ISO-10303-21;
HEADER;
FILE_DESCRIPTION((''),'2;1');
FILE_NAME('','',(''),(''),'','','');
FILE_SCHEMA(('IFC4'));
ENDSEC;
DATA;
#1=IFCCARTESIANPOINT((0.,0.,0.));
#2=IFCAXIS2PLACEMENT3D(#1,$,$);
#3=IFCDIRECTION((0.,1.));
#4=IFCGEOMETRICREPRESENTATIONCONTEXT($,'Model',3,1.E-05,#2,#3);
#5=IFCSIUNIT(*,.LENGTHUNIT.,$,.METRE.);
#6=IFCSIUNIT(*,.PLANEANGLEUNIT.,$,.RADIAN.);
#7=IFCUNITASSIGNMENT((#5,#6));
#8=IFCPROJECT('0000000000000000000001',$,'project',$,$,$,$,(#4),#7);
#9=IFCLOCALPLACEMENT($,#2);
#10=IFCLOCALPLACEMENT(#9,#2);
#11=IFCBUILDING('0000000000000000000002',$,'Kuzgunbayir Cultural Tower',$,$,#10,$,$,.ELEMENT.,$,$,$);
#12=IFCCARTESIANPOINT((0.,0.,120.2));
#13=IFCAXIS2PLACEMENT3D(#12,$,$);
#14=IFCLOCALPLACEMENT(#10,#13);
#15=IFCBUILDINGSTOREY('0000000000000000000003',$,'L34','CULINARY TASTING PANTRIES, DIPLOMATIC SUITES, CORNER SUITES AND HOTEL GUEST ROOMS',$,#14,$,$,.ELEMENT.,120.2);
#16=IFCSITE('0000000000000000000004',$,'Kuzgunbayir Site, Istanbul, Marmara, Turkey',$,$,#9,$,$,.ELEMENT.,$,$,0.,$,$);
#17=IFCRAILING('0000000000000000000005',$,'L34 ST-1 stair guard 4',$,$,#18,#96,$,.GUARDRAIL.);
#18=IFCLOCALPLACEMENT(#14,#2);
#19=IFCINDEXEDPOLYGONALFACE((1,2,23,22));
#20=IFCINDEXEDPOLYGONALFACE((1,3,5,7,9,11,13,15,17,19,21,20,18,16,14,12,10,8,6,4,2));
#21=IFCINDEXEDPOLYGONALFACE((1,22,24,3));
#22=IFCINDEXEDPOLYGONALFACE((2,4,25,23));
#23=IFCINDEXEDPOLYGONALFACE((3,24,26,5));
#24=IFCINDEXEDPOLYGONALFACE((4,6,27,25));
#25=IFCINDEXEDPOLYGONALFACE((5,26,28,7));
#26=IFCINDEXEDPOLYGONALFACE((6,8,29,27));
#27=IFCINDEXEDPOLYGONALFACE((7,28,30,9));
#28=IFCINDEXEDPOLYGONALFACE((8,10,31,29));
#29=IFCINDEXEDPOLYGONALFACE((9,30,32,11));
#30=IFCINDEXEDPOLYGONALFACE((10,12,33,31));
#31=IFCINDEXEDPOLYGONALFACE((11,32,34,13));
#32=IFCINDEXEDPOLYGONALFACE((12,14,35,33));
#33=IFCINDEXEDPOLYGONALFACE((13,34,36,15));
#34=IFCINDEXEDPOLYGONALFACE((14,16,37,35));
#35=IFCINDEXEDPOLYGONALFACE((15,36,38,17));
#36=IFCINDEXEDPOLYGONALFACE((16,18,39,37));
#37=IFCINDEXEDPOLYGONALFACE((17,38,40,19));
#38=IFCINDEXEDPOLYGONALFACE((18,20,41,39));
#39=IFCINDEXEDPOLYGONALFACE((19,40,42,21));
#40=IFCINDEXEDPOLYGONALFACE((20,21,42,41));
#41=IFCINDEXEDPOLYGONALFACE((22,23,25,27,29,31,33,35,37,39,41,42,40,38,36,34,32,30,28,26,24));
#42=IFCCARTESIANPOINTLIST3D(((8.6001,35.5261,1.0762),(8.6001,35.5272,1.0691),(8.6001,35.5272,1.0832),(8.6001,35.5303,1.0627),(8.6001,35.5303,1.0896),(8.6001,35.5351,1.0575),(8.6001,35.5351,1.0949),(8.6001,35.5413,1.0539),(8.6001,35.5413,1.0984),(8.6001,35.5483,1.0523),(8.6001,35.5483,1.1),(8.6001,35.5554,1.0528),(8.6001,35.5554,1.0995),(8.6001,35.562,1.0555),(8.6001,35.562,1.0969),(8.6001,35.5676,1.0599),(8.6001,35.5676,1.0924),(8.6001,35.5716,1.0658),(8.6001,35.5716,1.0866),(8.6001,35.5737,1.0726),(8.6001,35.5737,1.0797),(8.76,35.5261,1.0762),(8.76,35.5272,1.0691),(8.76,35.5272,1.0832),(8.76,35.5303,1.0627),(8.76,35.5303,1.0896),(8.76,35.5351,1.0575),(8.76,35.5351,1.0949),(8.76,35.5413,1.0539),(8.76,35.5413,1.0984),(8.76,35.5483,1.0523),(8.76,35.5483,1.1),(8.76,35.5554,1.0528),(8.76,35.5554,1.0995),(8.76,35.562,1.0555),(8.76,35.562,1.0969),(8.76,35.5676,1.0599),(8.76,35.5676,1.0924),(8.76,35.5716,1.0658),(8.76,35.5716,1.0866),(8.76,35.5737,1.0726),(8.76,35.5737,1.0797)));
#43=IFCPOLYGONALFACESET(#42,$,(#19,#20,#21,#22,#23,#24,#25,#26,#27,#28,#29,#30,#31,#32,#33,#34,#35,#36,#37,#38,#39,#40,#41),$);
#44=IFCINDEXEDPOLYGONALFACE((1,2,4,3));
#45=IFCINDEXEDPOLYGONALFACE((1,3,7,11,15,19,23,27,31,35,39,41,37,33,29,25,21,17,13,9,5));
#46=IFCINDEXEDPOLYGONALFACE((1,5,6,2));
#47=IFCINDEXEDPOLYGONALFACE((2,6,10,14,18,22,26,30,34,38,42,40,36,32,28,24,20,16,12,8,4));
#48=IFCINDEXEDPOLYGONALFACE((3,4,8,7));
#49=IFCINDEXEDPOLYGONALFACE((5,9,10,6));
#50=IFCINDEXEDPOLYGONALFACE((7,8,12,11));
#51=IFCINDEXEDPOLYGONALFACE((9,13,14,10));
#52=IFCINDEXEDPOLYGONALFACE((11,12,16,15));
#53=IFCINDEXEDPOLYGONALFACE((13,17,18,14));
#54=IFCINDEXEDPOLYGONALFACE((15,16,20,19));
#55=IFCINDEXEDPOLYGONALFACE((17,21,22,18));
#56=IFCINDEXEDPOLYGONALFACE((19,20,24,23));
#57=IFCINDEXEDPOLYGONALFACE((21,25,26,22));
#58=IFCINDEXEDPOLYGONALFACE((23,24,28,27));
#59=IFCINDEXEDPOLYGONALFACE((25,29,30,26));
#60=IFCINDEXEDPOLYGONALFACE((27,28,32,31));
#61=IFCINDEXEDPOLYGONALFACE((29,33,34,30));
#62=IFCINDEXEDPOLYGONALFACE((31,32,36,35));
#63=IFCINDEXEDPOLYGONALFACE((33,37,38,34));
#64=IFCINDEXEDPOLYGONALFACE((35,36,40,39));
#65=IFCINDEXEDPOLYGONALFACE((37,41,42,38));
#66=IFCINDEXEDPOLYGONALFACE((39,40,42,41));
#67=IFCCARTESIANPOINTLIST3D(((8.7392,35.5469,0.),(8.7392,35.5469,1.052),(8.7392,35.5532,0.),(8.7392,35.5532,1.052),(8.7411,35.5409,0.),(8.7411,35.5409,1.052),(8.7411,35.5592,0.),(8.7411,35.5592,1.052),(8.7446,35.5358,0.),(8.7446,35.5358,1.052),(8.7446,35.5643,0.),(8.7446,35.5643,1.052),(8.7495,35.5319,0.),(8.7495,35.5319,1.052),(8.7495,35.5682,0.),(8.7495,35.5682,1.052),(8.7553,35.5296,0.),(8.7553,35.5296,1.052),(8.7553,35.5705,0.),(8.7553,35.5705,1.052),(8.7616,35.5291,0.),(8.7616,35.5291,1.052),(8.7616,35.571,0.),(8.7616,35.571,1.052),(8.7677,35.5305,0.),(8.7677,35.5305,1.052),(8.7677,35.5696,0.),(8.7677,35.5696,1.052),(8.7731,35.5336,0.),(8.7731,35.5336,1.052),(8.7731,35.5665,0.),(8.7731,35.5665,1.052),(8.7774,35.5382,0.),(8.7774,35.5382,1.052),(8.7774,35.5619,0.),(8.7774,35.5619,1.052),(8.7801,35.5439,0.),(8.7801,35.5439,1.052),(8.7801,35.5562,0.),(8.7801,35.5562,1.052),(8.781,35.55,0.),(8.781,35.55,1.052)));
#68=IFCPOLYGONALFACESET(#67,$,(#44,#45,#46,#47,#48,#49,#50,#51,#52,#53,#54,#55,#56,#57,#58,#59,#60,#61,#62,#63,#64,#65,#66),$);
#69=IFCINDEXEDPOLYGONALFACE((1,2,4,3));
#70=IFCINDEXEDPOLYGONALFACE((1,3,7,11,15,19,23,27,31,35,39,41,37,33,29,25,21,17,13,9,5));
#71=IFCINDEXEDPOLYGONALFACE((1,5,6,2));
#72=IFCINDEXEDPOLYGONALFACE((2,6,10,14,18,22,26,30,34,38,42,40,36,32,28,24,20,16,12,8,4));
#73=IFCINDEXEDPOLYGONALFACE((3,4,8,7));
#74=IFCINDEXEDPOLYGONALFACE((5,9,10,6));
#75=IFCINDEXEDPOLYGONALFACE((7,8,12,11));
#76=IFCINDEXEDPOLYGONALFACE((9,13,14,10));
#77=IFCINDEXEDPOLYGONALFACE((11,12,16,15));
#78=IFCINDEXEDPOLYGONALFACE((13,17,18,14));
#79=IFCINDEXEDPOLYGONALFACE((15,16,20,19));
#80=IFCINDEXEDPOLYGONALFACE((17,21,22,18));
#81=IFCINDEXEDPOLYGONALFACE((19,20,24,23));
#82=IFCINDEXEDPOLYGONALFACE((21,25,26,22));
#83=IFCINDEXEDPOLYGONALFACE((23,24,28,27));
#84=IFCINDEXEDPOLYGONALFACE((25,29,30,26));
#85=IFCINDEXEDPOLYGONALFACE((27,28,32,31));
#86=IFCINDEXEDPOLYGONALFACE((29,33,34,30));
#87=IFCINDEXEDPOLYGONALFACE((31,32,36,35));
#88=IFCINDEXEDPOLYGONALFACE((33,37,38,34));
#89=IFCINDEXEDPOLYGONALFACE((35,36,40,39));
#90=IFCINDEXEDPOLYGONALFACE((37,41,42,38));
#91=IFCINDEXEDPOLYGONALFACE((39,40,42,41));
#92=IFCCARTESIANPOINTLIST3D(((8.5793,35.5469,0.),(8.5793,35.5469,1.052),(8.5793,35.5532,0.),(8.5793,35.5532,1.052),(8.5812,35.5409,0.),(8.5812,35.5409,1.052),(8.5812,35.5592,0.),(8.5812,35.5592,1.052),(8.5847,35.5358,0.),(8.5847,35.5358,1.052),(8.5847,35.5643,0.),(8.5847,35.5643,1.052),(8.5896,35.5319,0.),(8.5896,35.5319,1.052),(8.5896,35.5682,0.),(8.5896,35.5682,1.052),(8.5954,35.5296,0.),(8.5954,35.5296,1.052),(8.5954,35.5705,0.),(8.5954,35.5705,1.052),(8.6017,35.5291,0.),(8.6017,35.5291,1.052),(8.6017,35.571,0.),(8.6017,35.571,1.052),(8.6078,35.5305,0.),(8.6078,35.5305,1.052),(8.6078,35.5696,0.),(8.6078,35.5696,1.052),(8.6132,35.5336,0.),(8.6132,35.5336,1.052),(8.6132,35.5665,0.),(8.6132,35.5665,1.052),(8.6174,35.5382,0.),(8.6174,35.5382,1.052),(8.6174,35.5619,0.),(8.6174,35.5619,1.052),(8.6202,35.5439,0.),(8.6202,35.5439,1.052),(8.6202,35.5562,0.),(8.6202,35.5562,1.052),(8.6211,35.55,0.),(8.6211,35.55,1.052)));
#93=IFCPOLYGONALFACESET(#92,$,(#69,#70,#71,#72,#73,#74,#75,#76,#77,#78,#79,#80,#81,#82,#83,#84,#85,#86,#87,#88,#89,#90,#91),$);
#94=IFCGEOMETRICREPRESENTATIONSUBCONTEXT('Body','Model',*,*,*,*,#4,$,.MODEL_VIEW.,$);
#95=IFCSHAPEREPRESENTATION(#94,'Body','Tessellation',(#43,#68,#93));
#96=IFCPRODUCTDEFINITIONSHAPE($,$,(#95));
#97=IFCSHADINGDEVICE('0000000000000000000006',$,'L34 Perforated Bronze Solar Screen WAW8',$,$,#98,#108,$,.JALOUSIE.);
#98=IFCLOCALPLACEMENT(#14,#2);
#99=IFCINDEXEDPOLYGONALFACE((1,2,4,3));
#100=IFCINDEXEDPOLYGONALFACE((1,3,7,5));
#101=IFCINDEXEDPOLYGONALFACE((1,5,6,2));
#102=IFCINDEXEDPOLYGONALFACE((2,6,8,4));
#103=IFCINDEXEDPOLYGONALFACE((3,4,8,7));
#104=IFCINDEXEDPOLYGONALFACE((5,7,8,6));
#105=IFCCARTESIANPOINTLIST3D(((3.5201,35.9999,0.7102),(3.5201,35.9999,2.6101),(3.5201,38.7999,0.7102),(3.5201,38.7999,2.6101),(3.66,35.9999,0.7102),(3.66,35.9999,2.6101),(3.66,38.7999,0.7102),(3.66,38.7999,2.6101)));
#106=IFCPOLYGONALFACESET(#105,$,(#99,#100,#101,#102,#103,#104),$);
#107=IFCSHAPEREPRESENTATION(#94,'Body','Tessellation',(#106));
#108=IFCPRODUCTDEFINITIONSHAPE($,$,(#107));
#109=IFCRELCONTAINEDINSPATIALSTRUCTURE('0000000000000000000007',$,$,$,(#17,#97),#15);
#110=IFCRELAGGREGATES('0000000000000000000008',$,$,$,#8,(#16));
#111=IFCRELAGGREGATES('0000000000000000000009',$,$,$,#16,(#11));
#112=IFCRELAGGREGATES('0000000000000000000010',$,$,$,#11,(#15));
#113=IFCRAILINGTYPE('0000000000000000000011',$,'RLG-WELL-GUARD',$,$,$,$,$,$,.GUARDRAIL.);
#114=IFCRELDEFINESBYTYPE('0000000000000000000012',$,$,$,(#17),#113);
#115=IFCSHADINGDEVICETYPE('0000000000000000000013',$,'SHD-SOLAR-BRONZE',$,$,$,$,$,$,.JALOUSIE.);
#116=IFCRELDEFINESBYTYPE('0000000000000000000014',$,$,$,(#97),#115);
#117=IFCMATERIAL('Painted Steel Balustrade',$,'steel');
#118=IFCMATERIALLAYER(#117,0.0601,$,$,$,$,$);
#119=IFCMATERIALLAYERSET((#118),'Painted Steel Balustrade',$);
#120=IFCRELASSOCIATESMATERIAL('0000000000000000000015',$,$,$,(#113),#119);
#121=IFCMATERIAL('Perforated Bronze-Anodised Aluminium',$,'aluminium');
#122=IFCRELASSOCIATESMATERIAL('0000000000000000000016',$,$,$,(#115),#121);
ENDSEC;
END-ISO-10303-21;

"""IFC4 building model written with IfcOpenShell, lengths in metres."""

from ifc_helpers import new_model, si_unit, direction, frame, origin, origin_2d, place, context, subcontext, project, spatial, rectangle, circle, extrude, material, layer, layer_set, type_object, element, save


model = new_model("IFC4")

# Units and contexts
model_context = context("Model", 3, precision=1e-05, world=origin(), true_north=direction((0.0, 1.0)))
body_context = subcontext(model_context, "Body", "Model", "MODEL_VIEW")
ifc_project = project(units=[si_unit("LENGTHUNIT", "METRE"), si_unit("PLANEANGLEUNIT", "RADIAN")], contexts=[model_context])

# Site, building, storey
site_placement = place(None, origin())
site = spatial("IfcSite", under=ifc_project, at=site_placement, Name="Kuzgunbayir Site, Istanbul, Marmara, Turkey", CompositionType="ELEMENT", RefElevation=0.0)
building_placement = place(site_placement, origin())
building = spatial("IfcBuilding", under=site, at=building_placement, Name="Kuzgunbayir Cultural Tower", CompositionType="ELEMENT")
storey_placement = place(building_placement, frame((0.0, 0.0, 120.2)))
storey = spatial("IfcBuildingStorey", under=building, at=storey_placement, Name="L34", Description="CULINARY TASTING PANTRIES, DIPLOMATIC SUITES, CORNER SUITES AND HOTEL GUEST ROOMS", CompositionType="ELEMENT", Elevation=120.2)

# Railing
ifc_material_1 = material(Name="Painted Steel Balustrade", Category="steel")
ifc_layer_1 = layer(ifc_material_1, 0.0601)
ifc_layer_set_1 = layer_set([ifc_layer_1], Name="Painted Steel Balustrade")
railing_type_1 = type_object("IfcRailingType", Name="RLG-WELL-GUARD", PredefinedType="GUARDRAIL", material=ifc_layer_set_1)
railing_1_placement = place(storey_placement, frame((8.76, 35.55, 0.0)))
element("IfcRailing", 1, at=railing_1_placement, inside=storey, type_object=railing_type_1, Name="L34 ST-1 stair guard 4", PredefinedType="GUARDRAIL", context=body_context, shape_type="SweptSolid", body=[
    extrude(circle(Radius=0.0239, at=origin_2d()), frame((0.0, 0.0, 1.0762), z_axis=(-1.0, 0.0, 0.0), x_axis=(0.0, -1.0, 0.0)), (0.0, 0.0, 1.0), 0.1599),
    extrude(circle(Radius=0.021, at=origin_2d()), origin(), (0.0, 0.0, 1.0), 1.052),
    extrude(circle(Radius=0.021, at=origin_2d()), frame((-0.1599, 0.0, 0.0)), (0.0, 0.0, 1.0), 1.052),
])

# Shading device
ifc_material_2 = material(Name="Perforated Bronze-Anodised Aluminium", Category="aluminium")
shading_device_type = type_object("IfcShadingDeviceType", Name="SHD-SOLAR-BRONZE", PredefinedType="JALOUSIE", material=ifc_material_2)
shading_device_placement = place(storey_placement, frame((3.5901, 37.3999, 0.7102), z_axis=(0.0, 0.0, 1.0), x_axis=(1.0, 0.0, 0.0)))
element("IfcShadingDevice", 2, at=shading_device_placement, inside=storey, type_object=shading_device_type, Name="L34 Perforated Bronze Solar Screen WAW8", PredefinedType="JALOUSIE", context=body_context, shape_type="SweptSolid", body=[
    extrude(rectangle(XDim=0.1399, YDim=2.8, at=origin_2d()), origin(), (0.0, 0.0, 1.0), 1.8999),
])

save(model, "model.ifc")
